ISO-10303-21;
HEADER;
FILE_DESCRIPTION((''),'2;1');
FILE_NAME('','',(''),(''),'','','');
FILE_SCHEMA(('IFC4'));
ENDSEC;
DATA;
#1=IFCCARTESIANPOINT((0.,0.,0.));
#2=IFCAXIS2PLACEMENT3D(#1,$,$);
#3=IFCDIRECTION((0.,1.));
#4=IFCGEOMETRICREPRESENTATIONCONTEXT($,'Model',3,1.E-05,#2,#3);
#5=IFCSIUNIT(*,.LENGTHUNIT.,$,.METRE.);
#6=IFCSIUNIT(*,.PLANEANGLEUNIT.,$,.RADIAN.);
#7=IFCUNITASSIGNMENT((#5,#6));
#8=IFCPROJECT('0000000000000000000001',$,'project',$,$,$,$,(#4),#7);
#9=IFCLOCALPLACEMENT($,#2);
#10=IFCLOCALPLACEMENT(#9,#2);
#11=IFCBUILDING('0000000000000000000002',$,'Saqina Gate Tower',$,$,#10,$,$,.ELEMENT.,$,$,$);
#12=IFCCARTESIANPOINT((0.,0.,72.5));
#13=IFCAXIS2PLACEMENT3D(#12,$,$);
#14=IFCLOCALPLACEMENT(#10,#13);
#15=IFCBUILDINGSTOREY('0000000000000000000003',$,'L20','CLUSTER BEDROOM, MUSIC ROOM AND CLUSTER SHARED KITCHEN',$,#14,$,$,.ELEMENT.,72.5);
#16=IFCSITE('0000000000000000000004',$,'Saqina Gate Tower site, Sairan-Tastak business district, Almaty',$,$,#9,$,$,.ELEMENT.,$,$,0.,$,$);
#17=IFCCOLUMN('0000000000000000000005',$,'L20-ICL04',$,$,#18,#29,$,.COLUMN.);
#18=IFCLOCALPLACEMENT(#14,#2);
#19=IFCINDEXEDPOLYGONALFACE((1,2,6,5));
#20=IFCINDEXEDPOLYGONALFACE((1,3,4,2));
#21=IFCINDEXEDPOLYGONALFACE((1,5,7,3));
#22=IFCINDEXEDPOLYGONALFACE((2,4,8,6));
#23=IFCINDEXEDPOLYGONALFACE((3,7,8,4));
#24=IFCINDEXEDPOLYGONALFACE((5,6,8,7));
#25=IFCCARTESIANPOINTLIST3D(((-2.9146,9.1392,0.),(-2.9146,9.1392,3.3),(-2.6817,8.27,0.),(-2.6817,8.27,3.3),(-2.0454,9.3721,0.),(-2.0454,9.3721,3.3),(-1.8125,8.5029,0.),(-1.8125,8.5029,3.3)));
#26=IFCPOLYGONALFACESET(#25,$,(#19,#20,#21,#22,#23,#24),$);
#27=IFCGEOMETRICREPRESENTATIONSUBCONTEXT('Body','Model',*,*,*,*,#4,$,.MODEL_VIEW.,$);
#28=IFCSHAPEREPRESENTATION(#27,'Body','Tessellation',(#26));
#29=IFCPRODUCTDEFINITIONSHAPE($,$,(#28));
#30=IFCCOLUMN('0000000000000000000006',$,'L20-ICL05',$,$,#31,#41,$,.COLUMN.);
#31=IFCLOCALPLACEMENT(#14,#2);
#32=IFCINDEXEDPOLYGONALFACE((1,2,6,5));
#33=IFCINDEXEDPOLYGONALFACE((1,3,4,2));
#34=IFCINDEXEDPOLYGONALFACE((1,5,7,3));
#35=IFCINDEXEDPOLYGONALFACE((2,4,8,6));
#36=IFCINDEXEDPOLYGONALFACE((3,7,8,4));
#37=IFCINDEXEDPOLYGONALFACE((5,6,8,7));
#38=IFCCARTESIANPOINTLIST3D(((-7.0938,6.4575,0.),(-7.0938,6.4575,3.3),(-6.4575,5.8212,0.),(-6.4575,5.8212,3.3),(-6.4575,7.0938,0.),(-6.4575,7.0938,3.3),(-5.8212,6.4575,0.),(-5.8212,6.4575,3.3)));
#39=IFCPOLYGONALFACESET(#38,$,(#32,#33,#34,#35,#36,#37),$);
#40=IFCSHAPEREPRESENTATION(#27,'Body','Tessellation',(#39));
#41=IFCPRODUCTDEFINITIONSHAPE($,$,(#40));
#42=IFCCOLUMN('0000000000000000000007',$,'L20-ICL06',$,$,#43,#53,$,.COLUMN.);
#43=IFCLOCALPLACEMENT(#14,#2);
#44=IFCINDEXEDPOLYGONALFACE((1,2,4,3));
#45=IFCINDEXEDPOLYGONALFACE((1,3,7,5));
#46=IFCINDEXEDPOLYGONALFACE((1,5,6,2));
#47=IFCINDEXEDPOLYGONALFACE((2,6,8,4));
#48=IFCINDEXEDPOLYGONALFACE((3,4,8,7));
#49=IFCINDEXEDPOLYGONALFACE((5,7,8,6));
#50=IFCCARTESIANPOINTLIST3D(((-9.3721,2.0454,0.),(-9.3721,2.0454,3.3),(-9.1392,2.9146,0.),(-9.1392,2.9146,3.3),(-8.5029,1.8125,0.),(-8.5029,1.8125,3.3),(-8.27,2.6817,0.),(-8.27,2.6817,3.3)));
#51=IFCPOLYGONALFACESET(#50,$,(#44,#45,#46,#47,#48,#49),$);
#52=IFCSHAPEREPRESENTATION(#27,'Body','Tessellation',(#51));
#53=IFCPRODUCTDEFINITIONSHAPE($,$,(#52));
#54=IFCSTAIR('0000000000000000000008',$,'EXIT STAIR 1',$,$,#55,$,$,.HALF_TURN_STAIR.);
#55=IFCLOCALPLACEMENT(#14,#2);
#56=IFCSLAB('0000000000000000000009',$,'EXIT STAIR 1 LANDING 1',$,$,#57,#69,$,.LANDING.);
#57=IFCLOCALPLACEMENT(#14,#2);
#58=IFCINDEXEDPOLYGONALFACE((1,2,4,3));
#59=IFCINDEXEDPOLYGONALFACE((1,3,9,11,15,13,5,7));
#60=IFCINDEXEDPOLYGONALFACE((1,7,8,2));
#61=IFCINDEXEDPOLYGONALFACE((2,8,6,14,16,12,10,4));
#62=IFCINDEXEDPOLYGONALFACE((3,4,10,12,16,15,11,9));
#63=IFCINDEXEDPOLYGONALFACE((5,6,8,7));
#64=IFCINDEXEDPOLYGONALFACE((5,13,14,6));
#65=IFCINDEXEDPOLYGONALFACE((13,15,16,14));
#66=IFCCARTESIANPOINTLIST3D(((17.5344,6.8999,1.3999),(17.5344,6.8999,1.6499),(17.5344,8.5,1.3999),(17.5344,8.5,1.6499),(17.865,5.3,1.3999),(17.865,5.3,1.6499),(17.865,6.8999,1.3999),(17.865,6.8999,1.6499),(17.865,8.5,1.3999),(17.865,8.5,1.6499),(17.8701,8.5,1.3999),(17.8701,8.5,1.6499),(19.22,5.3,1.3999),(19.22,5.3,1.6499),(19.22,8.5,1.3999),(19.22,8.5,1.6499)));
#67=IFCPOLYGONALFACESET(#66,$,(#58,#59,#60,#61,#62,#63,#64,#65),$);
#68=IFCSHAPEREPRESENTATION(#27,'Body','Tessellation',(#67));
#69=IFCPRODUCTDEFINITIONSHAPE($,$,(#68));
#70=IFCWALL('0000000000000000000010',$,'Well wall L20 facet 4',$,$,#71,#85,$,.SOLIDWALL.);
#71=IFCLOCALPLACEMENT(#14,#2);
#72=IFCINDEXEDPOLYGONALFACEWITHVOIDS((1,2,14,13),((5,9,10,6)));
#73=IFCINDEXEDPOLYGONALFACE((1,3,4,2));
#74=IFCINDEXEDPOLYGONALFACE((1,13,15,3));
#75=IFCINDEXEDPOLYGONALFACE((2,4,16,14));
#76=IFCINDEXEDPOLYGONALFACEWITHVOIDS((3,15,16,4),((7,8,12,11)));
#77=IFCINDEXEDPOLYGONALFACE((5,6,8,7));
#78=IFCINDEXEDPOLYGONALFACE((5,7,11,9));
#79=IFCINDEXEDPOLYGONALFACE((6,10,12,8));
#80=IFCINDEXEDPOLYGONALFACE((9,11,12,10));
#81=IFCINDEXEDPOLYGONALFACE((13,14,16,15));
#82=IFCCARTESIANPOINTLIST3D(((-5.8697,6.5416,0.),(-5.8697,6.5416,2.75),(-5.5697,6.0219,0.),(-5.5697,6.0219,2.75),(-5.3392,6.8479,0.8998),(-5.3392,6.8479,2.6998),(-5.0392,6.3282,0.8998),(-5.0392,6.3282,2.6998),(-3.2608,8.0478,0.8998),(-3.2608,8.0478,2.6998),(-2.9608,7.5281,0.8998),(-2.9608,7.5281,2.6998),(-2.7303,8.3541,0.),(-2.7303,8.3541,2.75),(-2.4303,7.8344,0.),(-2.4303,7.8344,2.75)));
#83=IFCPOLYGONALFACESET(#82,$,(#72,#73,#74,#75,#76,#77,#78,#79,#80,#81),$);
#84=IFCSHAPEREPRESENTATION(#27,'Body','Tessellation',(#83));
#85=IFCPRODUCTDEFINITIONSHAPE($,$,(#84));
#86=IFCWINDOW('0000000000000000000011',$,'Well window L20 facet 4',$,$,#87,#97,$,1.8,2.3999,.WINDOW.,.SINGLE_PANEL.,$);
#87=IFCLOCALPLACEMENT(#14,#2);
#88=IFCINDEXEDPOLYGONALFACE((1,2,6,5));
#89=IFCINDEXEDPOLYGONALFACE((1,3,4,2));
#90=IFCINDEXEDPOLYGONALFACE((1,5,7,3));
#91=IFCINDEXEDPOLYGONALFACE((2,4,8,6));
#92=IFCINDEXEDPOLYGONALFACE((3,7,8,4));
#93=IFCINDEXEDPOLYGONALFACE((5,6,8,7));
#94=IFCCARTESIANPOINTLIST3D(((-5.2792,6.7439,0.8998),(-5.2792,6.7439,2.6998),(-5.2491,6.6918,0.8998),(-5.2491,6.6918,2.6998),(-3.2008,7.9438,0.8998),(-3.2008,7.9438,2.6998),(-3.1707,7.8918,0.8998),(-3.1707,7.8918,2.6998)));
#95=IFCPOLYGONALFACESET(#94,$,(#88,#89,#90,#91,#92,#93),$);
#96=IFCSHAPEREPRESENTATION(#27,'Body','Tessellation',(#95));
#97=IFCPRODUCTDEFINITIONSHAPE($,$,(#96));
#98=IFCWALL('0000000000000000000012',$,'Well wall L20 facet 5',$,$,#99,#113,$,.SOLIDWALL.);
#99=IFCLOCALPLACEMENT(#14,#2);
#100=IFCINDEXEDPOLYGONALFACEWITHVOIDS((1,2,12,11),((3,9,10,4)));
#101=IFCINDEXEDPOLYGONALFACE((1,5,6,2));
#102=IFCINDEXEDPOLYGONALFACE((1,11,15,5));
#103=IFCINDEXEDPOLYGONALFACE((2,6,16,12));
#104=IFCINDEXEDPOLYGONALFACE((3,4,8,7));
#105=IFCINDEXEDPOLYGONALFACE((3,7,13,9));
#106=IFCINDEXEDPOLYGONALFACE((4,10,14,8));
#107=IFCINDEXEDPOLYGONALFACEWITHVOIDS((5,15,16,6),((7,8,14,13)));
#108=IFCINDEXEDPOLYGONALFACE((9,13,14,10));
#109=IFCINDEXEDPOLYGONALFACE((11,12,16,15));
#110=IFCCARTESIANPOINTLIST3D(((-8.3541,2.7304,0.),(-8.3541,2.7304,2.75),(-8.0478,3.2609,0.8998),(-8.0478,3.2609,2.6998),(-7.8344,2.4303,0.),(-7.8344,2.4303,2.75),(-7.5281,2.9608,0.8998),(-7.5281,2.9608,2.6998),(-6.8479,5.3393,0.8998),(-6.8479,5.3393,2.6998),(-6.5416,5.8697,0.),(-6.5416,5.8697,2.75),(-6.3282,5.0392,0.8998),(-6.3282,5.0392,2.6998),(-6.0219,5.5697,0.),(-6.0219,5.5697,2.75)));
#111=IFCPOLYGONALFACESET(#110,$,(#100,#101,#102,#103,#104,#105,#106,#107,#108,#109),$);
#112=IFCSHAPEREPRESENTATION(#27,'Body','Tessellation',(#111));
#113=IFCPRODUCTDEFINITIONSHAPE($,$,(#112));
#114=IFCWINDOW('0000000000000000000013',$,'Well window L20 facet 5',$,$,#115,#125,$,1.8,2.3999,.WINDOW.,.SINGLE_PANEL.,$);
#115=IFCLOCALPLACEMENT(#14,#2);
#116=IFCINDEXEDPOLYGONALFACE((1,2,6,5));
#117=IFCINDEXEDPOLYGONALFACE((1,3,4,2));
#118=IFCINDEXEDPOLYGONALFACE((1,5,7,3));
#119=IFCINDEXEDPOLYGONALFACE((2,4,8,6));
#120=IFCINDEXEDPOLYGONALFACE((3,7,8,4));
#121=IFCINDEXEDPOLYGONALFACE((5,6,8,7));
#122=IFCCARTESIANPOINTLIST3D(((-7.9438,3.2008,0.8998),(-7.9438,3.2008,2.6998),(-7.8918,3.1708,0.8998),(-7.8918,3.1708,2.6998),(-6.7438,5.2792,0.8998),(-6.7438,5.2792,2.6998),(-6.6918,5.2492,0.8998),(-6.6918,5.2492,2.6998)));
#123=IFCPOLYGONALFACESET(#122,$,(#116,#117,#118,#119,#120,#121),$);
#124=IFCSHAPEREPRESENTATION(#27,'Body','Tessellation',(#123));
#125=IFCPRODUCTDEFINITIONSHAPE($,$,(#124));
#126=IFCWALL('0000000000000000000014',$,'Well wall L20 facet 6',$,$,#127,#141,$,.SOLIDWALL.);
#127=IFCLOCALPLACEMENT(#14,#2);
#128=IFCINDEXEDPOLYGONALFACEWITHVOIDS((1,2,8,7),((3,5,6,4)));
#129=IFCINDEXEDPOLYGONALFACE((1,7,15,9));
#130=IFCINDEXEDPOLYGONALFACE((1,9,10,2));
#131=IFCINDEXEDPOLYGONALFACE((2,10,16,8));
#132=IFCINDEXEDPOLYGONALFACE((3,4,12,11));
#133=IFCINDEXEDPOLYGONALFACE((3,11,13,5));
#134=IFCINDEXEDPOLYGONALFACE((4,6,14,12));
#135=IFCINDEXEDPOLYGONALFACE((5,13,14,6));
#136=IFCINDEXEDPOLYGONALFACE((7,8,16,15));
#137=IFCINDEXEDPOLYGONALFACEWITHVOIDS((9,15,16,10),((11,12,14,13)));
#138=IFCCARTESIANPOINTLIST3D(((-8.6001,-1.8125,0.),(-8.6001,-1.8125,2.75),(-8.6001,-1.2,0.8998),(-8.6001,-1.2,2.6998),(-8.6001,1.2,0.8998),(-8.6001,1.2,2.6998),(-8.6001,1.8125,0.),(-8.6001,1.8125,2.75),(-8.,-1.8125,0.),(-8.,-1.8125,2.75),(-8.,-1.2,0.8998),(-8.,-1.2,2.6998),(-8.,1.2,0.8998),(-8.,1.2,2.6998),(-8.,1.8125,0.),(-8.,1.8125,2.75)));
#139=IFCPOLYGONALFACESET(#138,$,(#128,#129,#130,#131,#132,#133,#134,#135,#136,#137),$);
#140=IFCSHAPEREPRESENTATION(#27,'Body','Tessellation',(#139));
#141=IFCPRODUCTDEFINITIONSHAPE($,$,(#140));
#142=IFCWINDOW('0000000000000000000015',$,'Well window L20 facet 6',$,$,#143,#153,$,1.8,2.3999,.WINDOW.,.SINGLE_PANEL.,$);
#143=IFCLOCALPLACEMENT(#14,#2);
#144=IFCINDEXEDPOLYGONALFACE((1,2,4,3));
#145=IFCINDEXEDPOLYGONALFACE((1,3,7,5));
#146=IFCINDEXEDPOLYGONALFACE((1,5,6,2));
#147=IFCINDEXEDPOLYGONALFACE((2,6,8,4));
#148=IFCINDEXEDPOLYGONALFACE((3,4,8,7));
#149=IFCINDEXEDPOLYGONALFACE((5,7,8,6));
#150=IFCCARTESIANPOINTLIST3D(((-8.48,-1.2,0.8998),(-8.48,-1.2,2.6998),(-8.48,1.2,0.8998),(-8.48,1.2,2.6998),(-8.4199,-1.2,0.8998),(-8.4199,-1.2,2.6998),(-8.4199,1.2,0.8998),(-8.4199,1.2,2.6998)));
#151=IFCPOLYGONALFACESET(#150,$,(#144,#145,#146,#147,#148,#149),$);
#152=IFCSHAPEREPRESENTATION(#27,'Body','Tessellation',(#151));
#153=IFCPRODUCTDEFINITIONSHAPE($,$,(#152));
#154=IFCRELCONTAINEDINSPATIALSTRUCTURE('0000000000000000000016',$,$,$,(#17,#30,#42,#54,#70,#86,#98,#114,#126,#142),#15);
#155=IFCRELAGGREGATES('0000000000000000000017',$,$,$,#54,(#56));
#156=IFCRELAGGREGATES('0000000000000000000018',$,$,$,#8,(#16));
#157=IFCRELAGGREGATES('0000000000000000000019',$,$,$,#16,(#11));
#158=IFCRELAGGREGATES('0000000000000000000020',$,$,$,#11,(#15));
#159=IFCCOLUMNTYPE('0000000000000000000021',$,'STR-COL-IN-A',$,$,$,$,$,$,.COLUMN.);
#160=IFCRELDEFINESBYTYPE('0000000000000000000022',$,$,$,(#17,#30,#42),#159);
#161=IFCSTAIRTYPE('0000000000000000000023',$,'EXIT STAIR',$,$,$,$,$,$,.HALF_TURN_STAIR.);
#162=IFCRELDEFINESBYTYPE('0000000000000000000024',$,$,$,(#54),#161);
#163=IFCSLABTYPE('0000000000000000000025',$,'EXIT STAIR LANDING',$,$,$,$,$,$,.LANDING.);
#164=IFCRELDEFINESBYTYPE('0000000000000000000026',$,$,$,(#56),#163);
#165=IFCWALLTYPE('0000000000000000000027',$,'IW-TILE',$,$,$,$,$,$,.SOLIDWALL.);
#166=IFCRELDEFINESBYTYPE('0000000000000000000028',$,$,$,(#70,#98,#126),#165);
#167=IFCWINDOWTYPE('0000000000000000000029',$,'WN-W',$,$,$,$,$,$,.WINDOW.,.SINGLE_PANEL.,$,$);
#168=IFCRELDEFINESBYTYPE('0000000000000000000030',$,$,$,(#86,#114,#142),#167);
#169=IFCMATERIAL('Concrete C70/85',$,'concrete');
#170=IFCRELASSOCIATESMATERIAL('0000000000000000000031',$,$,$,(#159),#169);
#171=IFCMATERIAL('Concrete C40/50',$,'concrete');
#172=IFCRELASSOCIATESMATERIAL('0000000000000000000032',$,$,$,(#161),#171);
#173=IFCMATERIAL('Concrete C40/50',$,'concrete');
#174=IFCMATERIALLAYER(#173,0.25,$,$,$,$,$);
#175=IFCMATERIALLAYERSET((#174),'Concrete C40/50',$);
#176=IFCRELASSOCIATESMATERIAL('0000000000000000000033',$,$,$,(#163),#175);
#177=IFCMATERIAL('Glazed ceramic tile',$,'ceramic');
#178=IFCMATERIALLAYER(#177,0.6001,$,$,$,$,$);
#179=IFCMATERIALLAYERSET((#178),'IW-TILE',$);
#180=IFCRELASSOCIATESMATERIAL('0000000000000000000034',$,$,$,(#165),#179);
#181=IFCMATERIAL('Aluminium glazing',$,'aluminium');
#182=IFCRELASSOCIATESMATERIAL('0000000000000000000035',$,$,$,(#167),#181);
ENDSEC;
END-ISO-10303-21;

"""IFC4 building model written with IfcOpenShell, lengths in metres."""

from ifc_helpers import new_model, si_unit, direction, frame, frame_2d, origin, origin_2d, place, context, subcontext, project, spatial, polyline, rectangle, outline, extrude, material, layer, layer_set, material_profile, profile_set, type_object, element, fill, aggregate, save


model = new_model("IFC4")

# Units and contexts
model_context = context("Model", 3, precision=1e-05, world=origin(), true_north=direction((0.0, 1.0)))
body_context = subcontext(model_context, "Body", "Model", "MODEL_VIEW")
ifc_project = project(units=[si_unit("LENGTHUNIT", "METRE"), si_unit("PLANEANGLEUNIT", "RADIAN")], contexts=[model_context])

# Site, building, storey
site_placement = place(None, origin())
site = spatial("IfcSite", under=ifc_project, at=site_placement, Name="Saqina Gate Tower site, Sairan-Tastak business district, Almaty", CompositionType="ELEMENT", RefElevation=0.0)
building_placement = place(site_placement, origin())
building = spatial("IfcBuilding", under=site, at=building_placement, Name="Saqina Gate Tower", CompositionType="ELEMENT")
storey_placement = place(building_placement, frame((0.0, 0.0, 72.5)))
storey = spatial("IfcBuildingStorey", under=building, at=storey_placement, Name="L20", Description="CLUSTER BEDROOM, MUSIC ROOM AND CLUSTER SHARED KITCHEN", CompositionType="ELEMENT", Elevation=72.5)

# Columns
ifc_material_1 = material(Name="Concrete C70/85", Category="concrete")
ifc_material_profile = material_profile(ifc_material_1, rectangle(XDim=0.8999, YDim=0.8999, at=origin_2d()), Name="RC 900x900")
ifc_profile_set = profile_set([ifc_material_profile], Name="Concrete C70/85")
column_type = type_object("IfcColumnType", Name="STR-COL-IN-A", PredefinedType="COLUMN", material=ifc_profile_set)
for number, where, z_axis, x_axis, name in (
    (1, (-2.3635, 8.821, 0.0), (0.0, 0.0, 1.0), (-0.258819, 0.965926, 0.0), "L20-ICL04"),
    (2, (-6.4575, 6.4575, 0.0), (0.0, 0.0, 1.0), (-0.707107, 0.707107, 0.0), "L20-ICL05"),
    (3, (-8.821, 2.3635, 0.0), (0.0, 0.0, 1.0), (-0.965926, 0.258819, 0.0), "L20-ICL06"),
):
    element("IfcColumn", number, at=place(storey_placement, frame(where, z_axis=z_axis, x_axis=x_axis)), inside=storey, type_object=column_type, Name=name, PredefinedType="COLUMN", context=body_context, shape_type="SweptSolid", body=[
        extrude(rectangle(XDim=0.8999, YDim=0.8999, at=origin_2d()), origin(), (0.0, 0.0, 1.0), 3.3),
    ])

# Stair, slab
ifc_material_2 = material(Name="Concrete C40/50", Category="concrete")
stair_type = type_object("IfcStairType", Name="EXIT STAIR", PredefinedType="HALF_TURN_STAIR", material=ifc_material_2)
stair_placement = place(storey_placement, origin())
stair = element("IfcStair", 4, at=stair_placement, inside=storey, type_object=stair_type, Name="EXIT STAIR 1", PredefinedType="HALF_TURN_STAIR")
ifc_material_3 = material(Name="Concrete C40/50", Category="concrete")
ifc_layer_1 = layer(ifc_material_3, 0.25)
ifc_layer_set_1 = layer_set([ifc_layer_1], Name="Concrete C40/50")
slab_type = type_object("IfcSlabType", Name="EXIT STAIR LANDING", PredefinedType="LANDING", material=ifc_layer_set_1)
slab_placement = place(storey_placement, frame((0.0, 0.0, 1.3999)))
slab = element("IfcSlab", 5, at=slab_placement, type_object=slab_type, Name="EXIT STAIR 1 LANDING 1", PredefinedType="LANDING", context=body_context, shape_type="SweptSolid", body=[
    extrude(outline(polyline([(19.22, 8.5), (19.22, 5.3), (17.865, 5.3), (17.865, 6.8999), (17.5344, 6.8999), (17.5344, 8.5), (17.865, 8.5), (17.8701, 8.5), (19.22, 8.5)])), origin(), (0.0, 0.0, 1.0), 0.25),
])
aggregate(stair, [slab])

# Walls, openings, windows
ifc_material_4 = material(Name="Glazed ceramic tile", Category="ceramic")
ifc_layer_2 = layer(ifc_material_4, 0.6001)
ifc_layer_set_2 = layer_set([ifc_layer_2], Name="IW-TILE")
wall_type_1 = type_object("IfcWallType", Name="IW-TILE", PredefinedType="SOLIDWALL", material=ifc_layer_set_2)
wall_1_placement = place(storey_placement, frame((-2.5803, 8.0942, 0.0), z_axis=(0.0, 0.0, 1.0), x_axis=(-0.86603, -0.499993, 0.0)))
wall_1 = element("IfcWall", 6, at=wall_1_placement, inside=storey, type_object=wall_type_1, Name="Well wall L20 facet 4", PredefinedType="SOLIDWALL", context=body_context, shape_type="SweptSolid", body=[
    extrude(rectangle(XDim=3.625, YDim=0.6001, at=frame_2d((1.8125, 0.0))), origin(), (0.0, 0.0, 1.0), 2.75),
])
opening_1_placement = place(wall_1_placement, frame((0.6125, 0.0, 0.8999)))
opening_1 = element("IfcOpeningElement", 7, at=opening_1_placement, cuts=wall_1, PredefinedType="OPENING", context=body_context, shape_type="SweptSolid", body=[
    extrude(rectangle(XDim=2.3999, YDim=1.8, at=frame_2d((1.2, 0.8999))), frame((0.0, 0.312, 0.0), z_axis=(0.0, -1.0, 0.0), x_axis=(1.0, 0.0, 0.0)), (0.0, 0.0, 1.0), 0.624),
])
ifc_material_5 = material(Name="Aluminium glazing", Category="aluminium")
window_type = type_object("IfcWindowType", Name="WN-W", PartitioningType="SINGLE_PANEL", PredefinedType="WINDOW", material=ifc_material_5)
window_1_placement = place(opening_1_placement, origin())
window_1 = element("IfcWindow", 8, at=window_1_placement, inside=storey, type_object=window_type, Name="Well window L20 facet 4", OverallHeight=1.8, OverallWidth=2.3999, PartitioningType="SINGLE_PANEL", PredefinedType="WINDOW", context=body_context, shape_type="SweptSolid", body=[
    extrude(rectangle(XDim=2.3999, YDim=1.8, at=frame_2d((1.2, 0.8999))), frame((0.0, -0.1199, 0.0), z_axis=(0.0, -1.0, 0.0), x_axis=(1.0, 0.0, 0.0)), (0.0, 0.0, 1.0), 0.0601),
])
fill(opening_1, window_1)
wall_2_placement = place(storey_placement, frame((-6.2817, 5.7197, 0.0), z_axis=(0.0, 0.0, 1.0), x_axis=(-0.499993, -0.86603, 0.0)))
wall_2 = element("IfcWall", 9, at=wall_2_placement, inside=storey, type_object=wall_type_1, Name="Well wall L20 facet 5", PredefinedType="SOLIDWALL", context=body_context, shape_type="SweptSolid", body=[
    extrude(rectangle(XDim=3.625, YDim=0.6001, at=frame_2d((1.8125, 0.0))), origin(), (0.0, 0.0, 1.0), 2.75),
])
opening_2_placement = place(wall_2_placement, frame((0.6125, 0.0, 0.8999)))
opening_2 = element("IfcOpeningElement", 10, at=opening_2_placement, cuts=wall_2, PredefinedType="OPENING", context=body_context, shape_type="SweptSolid", body=[
    extrude(rectangle(XDim=2.3999, YDim=1.8, at=frame_2d((1.2, 0.8999))), frame((0.0, 0.312, 0.0), z_axis=(0.0, -1.0, 0.0), x_axis=(1.0, 0.0, 0.0)), (0.0, 0.0, 1.0), 0.624),
])
window_2_placement = place(opening_2_placement, origin())
window_2 = element("IfcWindow", 11, at=window_2_placement, inside=storey, type_object=window_type, Name="Well window L20 facet 5", OverallHeight=1.8, OverallWidth=2.3999, PartitioningType="SINGLE_PANEL", PredefinedType="WINDOW", context=body_context, shape_type="SweptSolid", body=[
    extrude(rectangle(XDim=2.3999, YDim=1.8, at=frame_2d((1.2, 0.8999))), frame((0.0, -0.1199, 0.0), z_axis=(0.0, -1.0, 0.0), x_axis=(1.0, 0.0, 0.0)), (0.0, 0.0, 1.0), 0.0601),
])
fill(opening_2, window_2)
wall_3_placement = place(storey_placement, frame((-8.3, 1.8125, 0.0), z_axis=(0.0, 0.0, 1.0), x_axis=(0.0, -1.0, 0.0)))
wall_3 = element("IfcWall", 12, at=wall_3_placement, inside=storey, type_object=wall_type_1, Name="Well wall L20 facet 6", PredefinedType="SOLIDWALL", context=body_context, shape_type="SweptSolid", body=[
    extrude(rectangle(XDim=3.625, YDim=0.6001, at=frame_2d((1.8125, 0.0))), origin(), (0.0, 0.0, 1.0), 2.75),
])
opening_3_placement = place(wall_3_placement, frame((0.6125, 0.0, 0.8999)))
opening_3 = element("IfcOpeningElement", 13, at=opening_3_placement, cuts=wall_3, PredefinedType="OPENING", context=body_context, shape_type="SweptSolid", body=[
    extrude(rectangle(XDim=2.3999, YDim=1.8, at=frame_2d((1.2, 0.8999))), frame((0.0, 0.312, 0.0), z_axis=(0.0, -1.0, 0.0), x_axis=(1.0, 0.0, 0.0)), (0.0, 0.0, 1.0), 0.624),
])
window_3_placement = place(opening_3_placement, origin())
window_3 = element("IfcWindow", 14, at=window_3_placement, inside=storey, type_object=window_type, Name="Well window L20 facet 6", OverallHeight=1.8, OverallWidth=2.3999, PartitioningType="SINGLE_PANEL", PredefinedType="WINDOW", context=body_context, shape_type="SweptSolid", body=[
    extrude(rectangle(XDim=2.3999, YDim=1.8, at=frame_2d((1.2, 0.8999))), frame((0.0, -0.1199, 0.0), z_axis=(0.0, -1.0, 0.0), x_axis=(1.0, 0.0, 0.0)), (0.0, 0.0, 1.0), 0.0601),
])
fill(opening_3, window_3)

save(model, "model.ifc")
